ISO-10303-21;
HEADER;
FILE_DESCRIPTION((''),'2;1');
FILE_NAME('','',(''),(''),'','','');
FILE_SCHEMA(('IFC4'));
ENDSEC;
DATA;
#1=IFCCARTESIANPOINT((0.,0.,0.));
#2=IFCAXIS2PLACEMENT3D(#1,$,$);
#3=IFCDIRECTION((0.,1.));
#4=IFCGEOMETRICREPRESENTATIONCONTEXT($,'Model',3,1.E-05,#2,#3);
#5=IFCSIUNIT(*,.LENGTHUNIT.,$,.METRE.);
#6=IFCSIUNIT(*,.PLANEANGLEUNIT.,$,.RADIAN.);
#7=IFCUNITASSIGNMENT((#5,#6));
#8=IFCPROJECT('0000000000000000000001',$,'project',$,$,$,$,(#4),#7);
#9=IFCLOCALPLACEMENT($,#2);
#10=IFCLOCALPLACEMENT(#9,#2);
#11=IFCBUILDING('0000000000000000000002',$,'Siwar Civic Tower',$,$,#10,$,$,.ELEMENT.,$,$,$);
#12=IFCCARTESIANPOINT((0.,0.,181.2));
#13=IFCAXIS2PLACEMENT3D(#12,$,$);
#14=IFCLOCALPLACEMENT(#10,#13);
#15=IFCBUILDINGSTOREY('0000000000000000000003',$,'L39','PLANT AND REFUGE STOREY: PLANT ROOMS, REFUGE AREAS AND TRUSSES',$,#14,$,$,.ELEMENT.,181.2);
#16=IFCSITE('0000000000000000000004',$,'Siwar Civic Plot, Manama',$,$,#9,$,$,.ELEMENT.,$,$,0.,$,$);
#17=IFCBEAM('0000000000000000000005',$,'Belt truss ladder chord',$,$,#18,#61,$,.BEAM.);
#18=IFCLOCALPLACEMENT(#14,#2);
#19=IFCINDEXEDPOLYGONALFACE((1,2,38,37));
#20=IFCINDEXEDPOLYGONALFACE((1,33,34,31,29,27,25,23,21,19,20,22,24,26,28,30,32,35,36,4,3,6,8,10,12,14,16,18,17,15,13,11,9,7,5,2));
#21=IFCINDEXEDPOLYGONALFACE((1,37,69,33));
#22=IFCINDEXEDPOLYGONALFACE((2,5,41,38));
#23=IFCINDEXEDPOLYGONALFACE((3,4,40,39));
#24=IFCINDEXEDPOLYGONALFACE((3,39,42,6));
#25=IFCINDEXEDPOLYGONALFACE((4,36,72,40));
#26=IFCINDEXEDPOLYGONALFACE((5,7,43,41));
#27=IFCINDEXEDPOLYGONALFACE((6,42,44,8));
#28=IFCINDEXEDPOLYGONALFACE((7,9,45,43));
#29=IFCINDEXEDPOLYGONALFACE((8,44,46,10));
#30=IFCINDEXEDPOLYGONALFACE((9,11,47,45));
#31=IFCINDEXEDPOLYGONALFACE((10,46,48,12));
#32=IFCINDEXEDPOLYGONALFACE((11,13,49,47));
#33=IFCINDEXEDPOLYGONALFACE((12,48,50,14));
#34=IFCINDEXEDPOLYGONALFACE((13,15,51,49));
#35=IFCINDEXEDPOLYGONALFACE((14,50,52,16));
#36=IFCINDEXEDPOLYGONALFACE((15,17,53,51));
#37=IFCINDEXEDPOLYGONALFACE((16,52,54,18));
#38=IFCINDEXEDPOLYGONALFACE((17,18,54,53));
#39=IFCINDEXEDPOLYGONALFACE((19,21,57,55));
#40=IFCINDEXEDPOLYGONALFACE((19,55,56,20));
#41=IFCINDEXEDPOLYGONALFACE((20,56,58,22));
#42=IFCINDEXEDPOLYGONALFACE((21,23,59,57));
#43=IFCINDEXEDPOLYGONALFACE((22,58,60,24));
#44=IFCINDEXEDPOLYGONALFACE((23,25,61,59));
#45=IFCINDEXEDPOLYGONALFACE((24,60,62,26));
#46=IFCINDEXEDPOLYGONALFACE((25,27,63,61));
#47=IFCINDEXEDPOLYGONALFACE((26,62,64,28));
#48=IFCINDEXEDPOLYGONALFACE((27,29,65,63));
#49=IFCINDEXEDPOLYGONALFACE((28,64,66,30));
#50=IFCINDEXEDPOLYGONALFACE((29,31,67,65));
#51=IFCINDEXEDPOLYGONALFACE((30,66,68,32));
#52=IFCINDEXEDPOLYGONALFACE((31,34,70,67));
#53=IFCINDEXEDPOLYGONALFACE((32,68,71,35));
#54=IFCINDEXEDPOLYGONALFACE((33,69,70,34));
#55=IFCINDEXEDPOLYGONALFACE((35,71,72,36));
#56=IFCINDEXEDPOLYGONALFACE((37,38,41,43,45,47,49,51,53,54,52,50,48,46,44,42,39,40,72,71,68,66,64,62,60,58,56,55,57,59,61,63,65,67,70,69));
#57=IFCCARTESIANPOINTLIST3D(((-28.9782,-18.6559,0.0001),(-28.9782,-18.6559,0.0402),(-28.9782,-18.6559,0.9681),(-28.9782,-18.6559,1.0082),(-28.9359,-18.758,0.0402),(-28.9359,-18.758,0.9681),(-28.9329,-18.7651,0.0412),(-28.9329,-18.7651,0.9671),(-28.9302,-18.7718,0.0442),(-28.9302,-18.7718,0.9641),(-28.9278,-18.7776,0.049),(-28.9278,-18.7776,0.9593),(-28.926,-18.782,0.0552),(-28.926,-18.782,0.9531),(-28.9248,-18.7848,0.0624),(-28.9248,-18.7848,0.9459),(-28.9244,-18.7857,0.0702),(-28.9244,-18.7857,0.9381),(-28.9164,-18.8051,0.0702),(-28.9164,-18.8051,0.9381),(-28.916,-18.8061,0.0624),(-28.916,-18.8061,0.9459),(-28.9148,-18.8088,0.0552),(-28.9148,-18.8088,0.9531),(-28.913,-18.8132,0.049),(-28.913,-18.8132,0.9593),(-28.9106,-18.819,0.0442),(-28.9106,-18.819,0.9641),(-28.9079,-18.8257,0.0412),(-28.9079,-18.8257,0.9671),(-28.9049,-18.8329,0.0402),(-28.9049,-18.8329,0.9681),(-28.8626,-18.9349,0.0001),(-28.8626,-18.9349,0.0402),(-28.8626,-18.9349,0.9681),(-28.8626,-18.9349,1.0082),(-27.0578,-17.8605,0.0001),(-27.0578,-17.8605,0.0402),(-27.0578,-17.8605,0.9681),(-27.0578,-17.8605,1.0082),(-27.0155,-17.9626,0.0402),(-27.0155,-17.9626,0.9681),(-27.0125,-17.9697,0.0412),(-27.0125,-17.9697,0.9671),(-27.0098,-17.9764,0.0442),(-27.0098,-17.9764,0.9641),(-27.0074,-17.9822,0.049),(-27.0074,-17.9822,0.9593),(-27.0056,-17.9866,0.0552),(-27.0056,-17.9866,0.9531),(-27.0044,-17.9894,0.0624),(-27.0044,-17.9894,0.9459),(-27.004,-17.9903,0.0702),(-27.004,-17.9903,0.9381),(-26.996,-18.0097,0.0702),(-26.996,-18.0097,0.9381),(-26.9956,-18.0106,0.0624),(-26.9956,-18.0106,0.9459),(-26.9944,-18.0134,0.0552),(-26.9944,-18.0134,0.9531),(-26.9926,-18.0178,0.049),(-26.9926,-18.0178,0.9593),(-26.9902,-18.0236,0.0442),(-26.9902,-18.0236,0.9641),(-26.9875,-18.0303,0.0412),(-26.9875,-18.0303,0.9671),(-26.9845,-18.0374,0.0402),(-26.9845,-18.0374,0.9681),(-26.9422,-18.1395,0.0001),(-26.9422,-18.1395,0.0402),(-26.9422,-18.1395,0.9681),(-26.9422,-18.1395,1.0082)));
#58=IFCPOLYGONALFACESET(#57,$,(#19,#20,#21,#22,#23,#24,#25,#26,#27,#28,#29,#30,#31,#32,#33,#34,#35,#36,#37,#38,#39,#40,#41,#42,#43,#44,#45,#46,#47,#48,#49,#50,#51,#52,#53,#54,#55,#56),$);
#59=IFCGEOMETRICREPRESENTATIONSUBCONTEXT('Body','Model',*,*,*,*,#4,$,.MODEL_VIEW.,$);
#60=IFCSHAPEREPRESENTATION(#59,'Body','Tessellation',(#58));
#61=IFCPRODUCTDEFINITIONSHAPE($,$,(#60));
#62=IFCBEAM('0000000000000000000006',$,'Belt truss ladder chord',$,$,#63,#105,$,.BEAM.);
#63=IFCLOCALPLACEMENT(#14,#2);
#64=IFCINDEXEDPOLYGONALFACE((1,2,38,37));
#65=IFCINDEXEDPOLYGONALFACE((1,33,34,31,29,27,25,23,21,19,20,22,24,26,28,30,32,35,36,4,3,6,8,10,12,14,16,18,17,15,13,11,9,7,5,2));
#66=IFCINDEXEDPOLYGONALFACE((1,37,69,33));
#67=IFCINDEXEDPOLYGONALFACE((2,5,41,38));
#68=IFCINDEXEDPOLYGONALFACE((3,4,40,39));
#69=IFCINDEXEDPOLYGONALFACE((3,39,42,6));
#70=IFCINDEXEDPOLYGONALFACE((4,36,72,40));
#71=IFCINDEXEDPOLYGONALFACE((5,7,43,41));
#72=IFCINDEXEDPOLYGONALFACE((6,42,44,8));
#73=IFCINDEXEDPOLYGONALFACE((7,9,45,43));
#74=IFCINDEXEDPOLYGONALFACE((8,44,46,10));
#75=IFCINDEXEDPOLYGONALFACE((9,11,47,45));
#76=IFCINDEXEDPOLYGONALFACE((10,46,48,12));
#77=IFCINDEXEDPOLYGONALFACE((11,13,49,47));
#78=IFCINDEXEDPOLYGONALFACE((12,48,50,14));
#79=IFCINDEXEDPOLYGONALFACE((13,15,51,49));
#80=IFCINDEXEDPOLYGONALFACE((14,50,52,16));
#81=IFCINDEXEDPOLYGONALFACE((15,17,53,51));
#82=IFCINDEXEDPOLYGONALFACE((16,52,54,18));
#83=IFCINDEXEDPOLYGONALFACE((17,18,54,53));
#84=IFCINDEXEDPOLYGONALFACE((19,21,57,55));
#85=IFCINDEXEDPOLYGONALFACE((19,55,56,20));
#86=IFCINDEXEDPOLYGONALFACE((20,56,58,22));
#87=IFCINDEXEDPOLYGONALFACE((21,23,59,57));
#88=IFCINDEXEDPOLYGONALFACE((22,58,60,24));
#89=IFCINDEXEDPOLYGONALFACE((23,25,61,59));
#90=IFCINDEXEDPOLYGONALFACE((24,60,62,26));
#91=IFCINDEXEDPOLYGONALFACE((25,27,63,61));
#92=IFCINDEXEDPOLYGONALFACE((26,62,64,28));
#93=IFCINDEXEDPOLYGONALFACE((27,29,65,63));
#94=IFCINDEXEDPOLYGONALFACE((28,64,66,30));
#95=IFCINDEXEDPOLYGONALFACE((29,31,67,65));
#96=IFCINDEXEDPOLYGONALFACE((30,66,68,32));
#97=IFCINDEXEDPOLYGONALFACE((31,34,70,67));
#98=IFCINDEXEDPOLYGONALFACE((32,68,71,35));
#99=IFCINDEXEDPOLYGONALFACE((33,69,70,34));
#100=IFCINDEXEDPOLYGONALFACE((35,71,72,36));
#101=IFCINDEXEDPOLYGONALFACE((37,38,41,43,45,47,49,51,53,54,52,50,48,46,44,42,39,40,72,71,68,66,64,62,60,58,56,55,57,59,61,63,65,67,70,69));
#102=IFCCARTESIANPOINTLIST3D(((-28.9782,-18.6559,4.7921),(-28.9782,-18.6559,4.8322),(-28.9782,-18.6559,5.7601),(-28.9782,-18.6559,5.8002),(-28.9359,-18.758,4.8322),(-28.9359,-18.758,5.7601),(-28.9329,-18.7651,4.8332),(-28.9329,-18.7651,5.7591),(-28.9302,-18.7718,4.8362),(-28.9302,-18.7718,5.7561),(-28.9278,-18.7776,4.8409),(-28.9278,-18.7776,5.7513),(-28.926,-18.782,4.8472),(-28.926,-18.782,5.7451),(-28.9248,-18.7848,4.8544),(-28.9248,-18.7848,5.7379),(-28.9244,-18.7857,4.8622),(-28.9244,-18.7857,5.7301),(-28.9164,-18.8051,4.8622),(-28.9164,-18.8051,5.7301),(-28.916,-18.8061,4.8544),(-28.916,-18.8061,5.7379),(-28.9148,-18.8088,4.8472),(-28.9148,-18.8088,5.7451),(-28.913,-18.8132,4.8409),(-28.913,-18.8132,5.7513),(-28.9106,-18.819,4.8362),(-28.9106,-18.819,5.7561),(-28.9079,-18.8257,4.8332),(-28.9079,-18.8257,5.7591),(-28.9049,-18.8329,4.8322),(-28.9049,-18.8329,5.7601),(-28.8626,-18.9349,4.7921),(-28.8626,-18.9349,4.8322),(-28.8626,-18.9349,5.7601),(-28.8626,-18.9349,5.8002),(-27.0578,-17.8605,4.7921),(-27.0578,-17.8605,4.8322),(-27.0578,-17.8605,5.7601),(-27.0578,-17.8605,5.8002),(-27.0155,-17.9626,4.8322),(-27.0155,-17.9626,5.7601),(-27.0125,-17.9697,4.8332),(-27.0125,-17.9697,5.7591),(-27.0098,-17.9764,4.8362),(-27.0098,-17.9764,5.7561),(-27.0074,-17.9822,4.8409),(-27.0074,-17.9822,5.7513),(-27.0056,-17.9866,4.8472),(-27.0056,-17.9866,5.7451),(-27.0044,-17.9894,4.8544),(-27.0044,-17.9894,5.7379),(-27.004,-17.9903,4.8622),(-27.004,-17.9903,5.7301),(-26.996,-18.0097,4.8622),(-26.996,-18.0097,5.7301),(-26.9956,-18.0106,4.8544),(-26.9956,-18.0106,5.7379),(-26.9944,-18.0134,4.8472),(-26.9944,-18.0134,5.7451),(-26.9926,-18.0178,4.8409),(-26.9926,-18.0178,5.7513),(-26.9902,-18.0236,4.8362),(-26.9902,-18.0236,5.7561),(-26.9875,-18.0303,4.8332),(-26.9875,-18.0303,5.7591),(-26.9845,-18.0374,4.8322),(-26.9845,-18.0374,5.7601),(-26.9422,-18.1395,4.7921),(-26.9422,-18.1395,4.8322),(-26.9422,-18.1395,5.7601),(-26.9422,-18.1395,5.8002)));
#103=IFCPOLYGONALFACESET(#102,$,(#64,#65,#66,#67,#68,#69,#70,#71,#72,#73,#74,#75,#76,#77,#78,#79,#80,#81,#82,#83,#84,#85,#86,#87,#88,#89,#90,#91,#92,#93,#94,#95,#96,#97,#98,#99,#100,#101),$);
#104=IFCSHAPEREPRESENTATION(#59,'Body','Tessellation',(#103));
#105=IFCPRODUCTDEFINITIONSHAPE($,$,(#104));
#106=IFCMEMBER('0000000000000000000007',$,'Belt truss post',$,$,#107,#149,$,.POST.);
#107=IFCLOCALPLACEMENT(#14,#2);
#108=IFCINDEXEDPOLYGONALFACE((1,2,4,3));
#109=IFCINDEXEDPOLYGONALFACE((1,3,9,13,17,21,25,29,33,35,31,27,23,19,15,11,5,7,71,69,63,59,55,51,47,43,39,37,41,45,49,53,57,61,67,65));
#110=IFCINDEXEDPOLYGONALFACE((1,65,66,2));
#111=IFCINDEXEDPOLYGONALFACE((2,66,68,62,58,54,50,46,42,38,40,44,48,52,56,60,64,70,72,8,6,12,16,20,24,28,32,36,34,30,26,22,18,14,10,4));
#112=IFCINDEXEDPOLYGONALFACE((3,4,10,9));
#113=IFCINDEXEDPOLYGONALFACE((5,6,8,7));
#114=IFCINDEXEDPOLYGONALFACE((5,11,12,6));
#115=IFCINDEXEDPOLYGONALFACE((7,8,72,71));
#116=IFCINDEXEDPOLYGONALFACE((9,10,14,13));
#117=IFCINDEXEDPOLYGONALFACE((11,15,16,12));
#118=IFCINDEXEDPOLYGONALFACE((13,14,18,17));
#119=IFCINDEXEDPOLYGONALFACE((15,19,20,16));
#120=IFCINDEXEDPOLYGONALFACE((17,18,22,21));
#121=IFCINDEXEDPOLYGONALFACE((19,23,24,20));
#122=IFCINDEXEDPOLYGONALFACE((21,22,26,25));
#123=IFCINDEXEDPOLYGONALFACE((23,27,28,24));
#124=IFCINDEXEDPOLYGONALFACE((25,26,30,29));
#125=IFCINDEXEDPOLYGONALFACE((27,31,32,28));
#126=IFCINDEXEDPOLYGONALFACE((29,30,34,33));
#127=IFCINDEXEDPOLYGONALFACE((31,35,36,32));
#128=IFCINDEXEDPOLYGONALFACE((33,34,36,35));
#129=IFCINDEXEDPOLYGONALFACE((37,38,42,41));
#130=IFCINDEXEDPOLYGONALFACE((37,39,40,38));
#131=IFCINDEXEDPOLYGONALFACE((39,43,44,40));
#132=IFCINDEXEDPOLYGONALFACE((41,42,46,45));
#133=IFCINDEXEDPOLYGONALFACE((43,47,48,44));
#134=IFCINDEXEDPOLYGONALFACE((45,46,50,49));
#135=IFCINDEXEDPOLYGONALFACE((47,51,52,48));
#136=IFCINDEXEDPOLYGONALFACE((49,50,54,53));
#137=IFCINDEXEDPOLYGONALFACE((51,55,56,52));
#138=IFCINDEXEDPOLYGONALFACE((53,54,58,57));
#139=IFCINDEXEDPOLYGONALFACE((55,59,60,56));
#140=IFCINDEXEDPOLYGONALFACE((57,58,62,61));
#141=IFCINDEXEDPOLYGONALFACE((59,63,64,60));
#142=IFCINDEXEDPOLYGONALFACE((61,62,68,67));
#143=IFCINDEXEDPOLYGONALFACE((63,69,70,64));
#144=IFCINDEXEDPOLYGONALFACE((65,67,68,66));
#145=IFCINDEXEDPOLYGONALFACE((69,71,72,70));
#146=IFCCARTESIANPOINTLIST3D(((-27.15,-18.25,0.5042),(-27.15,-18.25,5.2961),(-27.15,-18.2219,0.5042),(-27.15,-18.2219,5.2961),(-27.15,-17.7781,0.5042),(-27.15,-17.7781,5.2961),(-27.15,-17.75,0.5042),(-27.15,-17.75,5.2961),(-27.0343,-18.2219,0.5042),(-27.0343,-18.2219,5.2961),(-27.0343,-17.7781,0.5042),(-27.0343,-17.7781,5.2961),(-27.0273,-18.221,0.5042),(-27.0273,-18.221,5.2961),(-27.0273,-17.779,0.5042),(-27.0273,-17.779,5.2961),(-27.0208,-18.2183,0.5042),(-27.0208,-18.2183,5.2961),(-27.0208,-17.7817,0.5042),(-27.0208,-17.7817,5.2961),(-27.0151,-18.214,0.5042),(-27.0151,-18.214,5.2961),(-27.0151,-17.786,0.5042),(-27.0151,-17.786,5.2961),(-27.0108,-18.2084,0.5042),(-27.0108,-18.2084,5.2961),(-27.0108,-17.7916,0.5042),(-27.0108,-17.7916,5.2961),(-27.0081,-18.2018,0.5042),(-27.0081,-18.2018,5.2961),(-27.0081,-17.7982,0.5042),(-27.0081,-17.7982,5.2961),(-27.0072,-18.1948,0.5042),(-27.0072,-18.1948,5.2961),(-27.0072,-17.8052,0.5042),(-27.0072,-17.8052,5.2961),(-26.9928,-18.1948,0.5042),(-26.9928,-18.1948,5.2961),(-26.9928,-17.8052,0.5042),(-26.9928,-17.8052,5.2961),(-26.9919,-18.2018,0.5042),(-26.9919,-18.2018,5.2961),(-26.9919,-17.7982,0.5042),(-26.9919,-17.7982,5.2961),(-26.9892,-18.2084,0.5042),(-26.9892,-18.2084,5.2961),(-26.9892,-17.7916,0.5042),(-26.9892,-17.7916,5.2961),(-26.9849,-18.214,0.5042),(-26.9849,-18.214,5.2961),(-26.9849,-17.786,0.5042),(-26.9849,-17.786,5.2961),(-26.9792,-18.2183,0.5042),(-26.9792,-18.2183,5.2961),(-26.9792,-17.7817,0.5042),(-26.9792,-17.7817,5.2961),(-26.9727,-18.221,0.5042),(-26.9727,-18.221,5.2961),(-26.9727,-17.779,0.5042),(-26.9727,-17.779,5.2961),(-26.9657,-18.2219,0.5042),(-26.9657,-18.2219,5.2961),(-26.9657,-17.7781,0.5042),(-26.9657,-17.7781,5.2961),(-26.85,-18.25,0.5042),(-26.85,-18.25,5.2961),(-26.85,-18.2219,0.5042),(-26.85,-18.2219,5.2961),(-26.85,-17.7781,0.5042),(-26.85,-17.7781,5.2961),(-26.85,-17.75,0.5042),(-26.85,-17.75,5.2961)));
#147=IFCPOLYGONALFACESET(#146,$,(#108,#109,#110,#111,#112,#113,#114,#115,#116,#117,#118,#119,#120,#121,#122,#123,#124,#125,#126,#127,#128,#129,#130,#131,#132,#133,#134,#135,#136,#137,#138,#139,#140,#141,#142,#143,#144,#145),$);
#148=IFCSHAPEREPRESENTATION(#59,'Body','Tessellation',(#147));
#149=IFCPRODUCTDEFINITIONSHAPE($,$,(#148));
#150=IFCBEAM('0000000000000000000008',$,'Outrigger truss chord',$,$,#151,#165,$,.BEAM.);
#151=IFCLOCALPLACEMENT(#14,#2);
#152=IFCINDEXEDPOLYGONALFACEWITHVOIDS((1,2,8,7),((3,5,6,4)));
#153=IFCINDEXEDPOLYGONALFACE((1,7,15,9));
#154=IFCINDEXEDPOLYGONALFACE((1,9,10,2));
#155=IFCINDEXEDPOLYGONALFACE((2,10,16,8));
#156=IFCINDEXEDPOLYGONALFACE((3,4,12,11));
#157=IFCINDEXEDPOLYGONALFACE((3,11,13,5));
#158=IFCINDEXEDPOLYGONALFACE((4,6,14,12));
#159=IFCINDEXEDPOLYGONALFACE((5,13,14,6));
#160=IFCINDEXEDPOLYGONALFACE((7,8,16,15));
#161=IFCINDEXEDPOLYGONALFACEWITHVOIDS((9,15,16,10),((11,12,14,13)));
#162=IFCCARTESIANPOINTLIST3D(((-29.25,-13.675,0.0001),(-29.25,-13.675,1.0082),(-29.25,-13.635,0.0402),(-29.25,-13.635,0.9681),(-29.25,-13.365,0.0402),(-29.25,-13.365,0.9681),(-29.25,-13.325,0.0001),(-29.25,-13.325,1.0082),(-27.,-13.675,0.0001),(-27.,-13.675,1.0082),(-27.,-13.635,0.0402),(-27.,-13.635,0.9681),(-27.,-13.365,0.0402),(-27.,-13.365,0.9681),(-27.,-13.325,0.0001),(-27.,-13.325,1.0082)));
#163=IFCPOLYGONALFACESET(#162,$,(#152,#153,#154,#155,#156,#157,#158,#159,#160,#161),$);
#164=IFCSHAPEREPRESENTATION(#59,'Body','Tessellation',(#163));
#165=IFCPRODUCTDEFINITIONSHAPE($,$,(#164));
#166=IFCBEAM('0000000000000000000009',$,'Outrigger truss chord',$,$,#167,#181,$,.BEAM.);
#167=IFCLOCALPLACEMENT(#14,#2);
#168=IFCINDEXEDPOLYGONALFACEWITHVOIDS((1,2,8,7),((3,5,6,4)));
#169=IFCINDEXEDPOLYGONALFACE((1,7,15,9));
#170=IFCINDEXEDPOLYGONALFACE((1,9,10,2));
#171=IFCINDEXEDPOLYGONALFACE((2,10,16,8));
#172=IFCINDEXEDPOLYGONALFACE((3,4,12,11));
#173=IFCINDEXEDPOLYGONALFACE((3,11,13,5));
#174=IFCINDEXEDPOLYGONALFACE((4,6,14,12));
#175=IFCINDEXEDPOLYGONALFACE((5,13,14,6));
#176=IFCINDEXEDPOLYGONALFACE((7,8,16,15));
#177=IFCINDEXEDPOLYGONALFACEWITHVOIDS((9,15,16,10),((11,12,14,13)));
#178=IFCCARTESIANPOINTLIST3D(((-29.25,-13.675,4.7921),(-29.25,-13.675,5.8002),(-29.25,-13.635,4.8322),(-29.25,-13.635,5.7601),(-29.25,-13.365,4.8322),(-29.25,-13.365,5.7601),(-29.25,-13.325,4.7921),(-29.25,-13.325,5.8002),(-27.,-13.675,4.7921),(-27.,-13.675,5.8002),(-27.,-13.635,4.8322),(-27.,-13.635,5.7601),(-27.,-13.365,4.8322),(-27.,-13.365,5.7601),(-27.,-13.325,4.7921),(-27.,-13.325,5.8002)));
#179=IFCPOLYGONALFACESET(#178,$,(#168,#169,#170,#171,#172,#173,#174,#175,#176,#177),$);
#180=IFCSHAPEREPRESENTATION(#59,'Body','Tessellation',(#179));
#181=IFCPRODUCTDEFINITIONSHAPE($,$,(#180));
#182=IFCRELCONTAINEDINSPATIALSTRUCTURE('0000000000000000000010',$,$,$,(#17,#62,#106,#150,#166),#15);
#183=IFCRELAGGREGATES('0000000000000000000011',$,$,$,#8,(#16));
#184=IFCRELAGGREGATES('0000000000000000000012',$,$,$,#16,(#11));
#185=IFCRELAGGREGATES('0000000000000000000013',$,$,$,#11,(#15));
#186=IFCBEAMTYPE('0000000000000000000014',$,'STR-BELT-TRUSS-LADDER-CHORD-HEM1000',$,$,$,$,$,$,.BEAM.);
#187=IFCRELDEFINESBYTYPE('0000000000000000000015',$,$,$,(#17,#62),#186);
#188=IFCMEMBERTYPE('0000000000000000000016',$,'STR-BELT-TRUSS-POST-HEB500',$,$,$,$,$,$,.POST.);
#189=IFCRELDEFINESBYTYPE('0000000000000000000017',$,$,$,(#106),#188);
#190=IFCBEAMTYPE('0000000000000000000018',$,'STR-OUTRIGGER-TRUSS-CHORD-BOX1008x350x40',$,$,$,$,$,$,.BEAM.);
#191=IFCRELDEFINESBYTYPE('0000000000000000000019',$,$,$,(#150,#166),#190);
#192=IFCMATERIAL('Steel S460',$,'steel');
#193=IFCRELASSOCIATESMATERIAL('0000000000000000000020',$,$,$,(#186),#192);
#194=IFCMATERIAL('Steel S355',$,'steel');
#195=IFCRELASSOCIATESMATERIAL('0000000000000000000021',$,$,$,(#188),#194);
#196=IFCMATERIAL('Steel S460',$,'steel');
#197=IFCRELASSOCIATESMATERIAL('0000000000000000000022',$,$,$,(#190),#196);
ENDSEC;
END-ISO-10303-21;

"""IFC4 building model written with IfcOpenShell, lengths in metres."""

from ifc_helpers import new_model, si_unit, direction, frame, origin, origin_2d, place, context, subcontext, project, spatial, hollow_rectangle, i_section, extrude, material, material_profile, profile_set, type_object, element, save


model = new_model("IFC4")

# Units and contexts
model_context = context("Model", 3, precision=1e-05, world=origin(), true_north=direction((0.0, 1.0)))
body_context = subcontext(model_context, "Body", "Model", "MODEL_VIEW")
ifc_project = project(units=[si_unit("LENGTHUNIT", "METRE"), si_unit("PLANEANGLEUNIT", "RADIAN")], contexts=[model_context])

# Site, building, storey
site_placement = place(None, origin())
site = spatial("IfcSite", under=ifc_project, at=site_placement, Name="Siwar Civic Plot, Manama", CompositionType="ELEMENT", RefElevation=0.0)
building_placement = place(site_placement, origin())
building = spatial("IfcBuilding", under=site, at=building_placement, Name="Siwar Civic Tower", CompositionType="ELEMENT")
storey_placement = place(building_placement, frame((0.0, 0.0, 181.2)))
storey = spatial("IfcBuildingStorey", under=building, at=storey_placement, Name="L39", Description="PLANT AND REFUGE STOREY: PLANT ROOMS, REFUGE AREAS AND TRUSSES", CompositionType="ELEMENT", Elevation=181.2)

# Beams
ifc_material_1 = material(Name="Steel S460", Category="steel")
ifc_material_profile_1 = material_profile(ifc_material_1, i_section(OverallWidth=0.302, OverallDepth=1.0081, WebThickness=0.021, FlangeThickness=0.04, FilletRadius=0.03, at=origin_2d()), Name="HEM1000")
ifc_profile_set_1 = profile_set([ifc_material_profile_1], Name="Steel S460")
beam_type_1 = type_object("IfcBeamType", Name="STR-BELT-TRUSS-LADDER-CHORD-HEM1000", PredefinedType="BEAM", material=ifc_profile_set_1)
for number, where, z_axis, x_axis, name in (
    (1, (-27.0, -18.0, 0.5042), (-0.923888, -0.382663, 0.0), (0.382663, -0.923888, 0.0), "Belt truss ladder chord"),
    (2, (-27.0, -18.0, 5.2961), (-0.923888, -0.382663, 0.0), (0.382663, -0.923888, 0.0), "Belt truss ladder chord"),
):
    element("IfcBeam", number, at=place(storey_placement, frame(where, z_axis=z_axis, x_axis=x_axis)), inside=storey, type_object=beam_type_1, Name=name, PredefinedType="BEAM", context=body_context, shape_type="SweptSolid", body=[
        extrude(i_section(OverallWidth=0.302, OverallDepth=1.0081, WebThickness=0.021, FlangeThickness=0.04, FilletRadius=0.03, at=origin_2d()), origin(), (0.0, 0.0, 1.0), 2.0786),
    ])

# Member
ifc_material_2 = material(Name="Steel S355", Category="steel")
ifc_material_profile_2 = material_profile(ifc_material_2, i_section(OverallWidth=0.3, OverallDepth=0.5, WebThickness=0.0144, FlangeThickness=0.0281, FilletRadius=0.0271, at=origin_2d()), Name="HEB500")
ifc_profile_set_2 = profile_set([ifc_material_profile_2], Name="Steel S355")
member_type_1 = type_object("IfcMemberType", Name="STR-BELT-TRUSS-POST-HEB500", PredefinedType="POST", material=ifc_profile_set_2)
member_1_placement = place(storey_placement, frame((-27.0, -18.0, 0.5042), z_axis=(0.0, 0.0, 1.0), x_axis=(1.0, 0.0, 0.0)))
element("IfcMember", 3, at=member_1_placement, inside=storey, type_object=member_type_1, Name="Belt truss post", PredefinedType="POST", context=body_context, shape_type="SweptSolid", body=[
    extrude(i_section(OverallWidth=0.3, OverallDepth=0.5, WebThickness=0.0144, FlangeThickness=0.0281, FilletRadius=0.0271, at=origin_2d()), origin(), (0.0, 0.0, 1.0), 4.792),
])

# Beams
ifc_material_3 = material(Name="Steel S460", Category="steel")
ifc_material_profile_3 = material_profile(ifc_material_3, hollow_rectangle(XDim=0.3501, YDim=1.0081, WallThickness=0.04, at=origin_2d()), Name="BOX1008x350x40")
ifc_profile_set_3 = profile_set([ifc_material_profile_3], Name="Steel S460")
beam_type_2 = type_object("IfcBeamType", Name="STR-OUTRIGGER-TRUSS-CHORD-BOX1008x350x40", PredefinedType="BEAM", material=ifc_profile_set_3)
for number, where, z_axis, x_axis, name in (
    (4, (-29.25, -13.5, 0.5042), (1.0, 0.0, 0.0), (0.0, 1.0, 0.0), "Outrigger truss chord"),
    (5, (-29.25, -13.5, 5.2961), (1.0, 0.0, 0.0), (0.0, 1.0, 0.0), "Outrigger truss chord"),
):
    element("IfcBeam", number, at=place(storey_placement, frame(where, z_axis=z_axis, x_axis=x_axis)), inside=storey, type_object=beam_type_2, Name=name, PredefinedType="BEAM", context=body_context, shape_type="SweptSolid", body=[
        extrude(hollow_rectangle(XDim=0.3501, YDim=1.0081, WallThickness=0.04, at=origin_2d()), origin(), (0.0, 0.0, 1.0), 2.25),
    ])

save(model, "model.ifc")
